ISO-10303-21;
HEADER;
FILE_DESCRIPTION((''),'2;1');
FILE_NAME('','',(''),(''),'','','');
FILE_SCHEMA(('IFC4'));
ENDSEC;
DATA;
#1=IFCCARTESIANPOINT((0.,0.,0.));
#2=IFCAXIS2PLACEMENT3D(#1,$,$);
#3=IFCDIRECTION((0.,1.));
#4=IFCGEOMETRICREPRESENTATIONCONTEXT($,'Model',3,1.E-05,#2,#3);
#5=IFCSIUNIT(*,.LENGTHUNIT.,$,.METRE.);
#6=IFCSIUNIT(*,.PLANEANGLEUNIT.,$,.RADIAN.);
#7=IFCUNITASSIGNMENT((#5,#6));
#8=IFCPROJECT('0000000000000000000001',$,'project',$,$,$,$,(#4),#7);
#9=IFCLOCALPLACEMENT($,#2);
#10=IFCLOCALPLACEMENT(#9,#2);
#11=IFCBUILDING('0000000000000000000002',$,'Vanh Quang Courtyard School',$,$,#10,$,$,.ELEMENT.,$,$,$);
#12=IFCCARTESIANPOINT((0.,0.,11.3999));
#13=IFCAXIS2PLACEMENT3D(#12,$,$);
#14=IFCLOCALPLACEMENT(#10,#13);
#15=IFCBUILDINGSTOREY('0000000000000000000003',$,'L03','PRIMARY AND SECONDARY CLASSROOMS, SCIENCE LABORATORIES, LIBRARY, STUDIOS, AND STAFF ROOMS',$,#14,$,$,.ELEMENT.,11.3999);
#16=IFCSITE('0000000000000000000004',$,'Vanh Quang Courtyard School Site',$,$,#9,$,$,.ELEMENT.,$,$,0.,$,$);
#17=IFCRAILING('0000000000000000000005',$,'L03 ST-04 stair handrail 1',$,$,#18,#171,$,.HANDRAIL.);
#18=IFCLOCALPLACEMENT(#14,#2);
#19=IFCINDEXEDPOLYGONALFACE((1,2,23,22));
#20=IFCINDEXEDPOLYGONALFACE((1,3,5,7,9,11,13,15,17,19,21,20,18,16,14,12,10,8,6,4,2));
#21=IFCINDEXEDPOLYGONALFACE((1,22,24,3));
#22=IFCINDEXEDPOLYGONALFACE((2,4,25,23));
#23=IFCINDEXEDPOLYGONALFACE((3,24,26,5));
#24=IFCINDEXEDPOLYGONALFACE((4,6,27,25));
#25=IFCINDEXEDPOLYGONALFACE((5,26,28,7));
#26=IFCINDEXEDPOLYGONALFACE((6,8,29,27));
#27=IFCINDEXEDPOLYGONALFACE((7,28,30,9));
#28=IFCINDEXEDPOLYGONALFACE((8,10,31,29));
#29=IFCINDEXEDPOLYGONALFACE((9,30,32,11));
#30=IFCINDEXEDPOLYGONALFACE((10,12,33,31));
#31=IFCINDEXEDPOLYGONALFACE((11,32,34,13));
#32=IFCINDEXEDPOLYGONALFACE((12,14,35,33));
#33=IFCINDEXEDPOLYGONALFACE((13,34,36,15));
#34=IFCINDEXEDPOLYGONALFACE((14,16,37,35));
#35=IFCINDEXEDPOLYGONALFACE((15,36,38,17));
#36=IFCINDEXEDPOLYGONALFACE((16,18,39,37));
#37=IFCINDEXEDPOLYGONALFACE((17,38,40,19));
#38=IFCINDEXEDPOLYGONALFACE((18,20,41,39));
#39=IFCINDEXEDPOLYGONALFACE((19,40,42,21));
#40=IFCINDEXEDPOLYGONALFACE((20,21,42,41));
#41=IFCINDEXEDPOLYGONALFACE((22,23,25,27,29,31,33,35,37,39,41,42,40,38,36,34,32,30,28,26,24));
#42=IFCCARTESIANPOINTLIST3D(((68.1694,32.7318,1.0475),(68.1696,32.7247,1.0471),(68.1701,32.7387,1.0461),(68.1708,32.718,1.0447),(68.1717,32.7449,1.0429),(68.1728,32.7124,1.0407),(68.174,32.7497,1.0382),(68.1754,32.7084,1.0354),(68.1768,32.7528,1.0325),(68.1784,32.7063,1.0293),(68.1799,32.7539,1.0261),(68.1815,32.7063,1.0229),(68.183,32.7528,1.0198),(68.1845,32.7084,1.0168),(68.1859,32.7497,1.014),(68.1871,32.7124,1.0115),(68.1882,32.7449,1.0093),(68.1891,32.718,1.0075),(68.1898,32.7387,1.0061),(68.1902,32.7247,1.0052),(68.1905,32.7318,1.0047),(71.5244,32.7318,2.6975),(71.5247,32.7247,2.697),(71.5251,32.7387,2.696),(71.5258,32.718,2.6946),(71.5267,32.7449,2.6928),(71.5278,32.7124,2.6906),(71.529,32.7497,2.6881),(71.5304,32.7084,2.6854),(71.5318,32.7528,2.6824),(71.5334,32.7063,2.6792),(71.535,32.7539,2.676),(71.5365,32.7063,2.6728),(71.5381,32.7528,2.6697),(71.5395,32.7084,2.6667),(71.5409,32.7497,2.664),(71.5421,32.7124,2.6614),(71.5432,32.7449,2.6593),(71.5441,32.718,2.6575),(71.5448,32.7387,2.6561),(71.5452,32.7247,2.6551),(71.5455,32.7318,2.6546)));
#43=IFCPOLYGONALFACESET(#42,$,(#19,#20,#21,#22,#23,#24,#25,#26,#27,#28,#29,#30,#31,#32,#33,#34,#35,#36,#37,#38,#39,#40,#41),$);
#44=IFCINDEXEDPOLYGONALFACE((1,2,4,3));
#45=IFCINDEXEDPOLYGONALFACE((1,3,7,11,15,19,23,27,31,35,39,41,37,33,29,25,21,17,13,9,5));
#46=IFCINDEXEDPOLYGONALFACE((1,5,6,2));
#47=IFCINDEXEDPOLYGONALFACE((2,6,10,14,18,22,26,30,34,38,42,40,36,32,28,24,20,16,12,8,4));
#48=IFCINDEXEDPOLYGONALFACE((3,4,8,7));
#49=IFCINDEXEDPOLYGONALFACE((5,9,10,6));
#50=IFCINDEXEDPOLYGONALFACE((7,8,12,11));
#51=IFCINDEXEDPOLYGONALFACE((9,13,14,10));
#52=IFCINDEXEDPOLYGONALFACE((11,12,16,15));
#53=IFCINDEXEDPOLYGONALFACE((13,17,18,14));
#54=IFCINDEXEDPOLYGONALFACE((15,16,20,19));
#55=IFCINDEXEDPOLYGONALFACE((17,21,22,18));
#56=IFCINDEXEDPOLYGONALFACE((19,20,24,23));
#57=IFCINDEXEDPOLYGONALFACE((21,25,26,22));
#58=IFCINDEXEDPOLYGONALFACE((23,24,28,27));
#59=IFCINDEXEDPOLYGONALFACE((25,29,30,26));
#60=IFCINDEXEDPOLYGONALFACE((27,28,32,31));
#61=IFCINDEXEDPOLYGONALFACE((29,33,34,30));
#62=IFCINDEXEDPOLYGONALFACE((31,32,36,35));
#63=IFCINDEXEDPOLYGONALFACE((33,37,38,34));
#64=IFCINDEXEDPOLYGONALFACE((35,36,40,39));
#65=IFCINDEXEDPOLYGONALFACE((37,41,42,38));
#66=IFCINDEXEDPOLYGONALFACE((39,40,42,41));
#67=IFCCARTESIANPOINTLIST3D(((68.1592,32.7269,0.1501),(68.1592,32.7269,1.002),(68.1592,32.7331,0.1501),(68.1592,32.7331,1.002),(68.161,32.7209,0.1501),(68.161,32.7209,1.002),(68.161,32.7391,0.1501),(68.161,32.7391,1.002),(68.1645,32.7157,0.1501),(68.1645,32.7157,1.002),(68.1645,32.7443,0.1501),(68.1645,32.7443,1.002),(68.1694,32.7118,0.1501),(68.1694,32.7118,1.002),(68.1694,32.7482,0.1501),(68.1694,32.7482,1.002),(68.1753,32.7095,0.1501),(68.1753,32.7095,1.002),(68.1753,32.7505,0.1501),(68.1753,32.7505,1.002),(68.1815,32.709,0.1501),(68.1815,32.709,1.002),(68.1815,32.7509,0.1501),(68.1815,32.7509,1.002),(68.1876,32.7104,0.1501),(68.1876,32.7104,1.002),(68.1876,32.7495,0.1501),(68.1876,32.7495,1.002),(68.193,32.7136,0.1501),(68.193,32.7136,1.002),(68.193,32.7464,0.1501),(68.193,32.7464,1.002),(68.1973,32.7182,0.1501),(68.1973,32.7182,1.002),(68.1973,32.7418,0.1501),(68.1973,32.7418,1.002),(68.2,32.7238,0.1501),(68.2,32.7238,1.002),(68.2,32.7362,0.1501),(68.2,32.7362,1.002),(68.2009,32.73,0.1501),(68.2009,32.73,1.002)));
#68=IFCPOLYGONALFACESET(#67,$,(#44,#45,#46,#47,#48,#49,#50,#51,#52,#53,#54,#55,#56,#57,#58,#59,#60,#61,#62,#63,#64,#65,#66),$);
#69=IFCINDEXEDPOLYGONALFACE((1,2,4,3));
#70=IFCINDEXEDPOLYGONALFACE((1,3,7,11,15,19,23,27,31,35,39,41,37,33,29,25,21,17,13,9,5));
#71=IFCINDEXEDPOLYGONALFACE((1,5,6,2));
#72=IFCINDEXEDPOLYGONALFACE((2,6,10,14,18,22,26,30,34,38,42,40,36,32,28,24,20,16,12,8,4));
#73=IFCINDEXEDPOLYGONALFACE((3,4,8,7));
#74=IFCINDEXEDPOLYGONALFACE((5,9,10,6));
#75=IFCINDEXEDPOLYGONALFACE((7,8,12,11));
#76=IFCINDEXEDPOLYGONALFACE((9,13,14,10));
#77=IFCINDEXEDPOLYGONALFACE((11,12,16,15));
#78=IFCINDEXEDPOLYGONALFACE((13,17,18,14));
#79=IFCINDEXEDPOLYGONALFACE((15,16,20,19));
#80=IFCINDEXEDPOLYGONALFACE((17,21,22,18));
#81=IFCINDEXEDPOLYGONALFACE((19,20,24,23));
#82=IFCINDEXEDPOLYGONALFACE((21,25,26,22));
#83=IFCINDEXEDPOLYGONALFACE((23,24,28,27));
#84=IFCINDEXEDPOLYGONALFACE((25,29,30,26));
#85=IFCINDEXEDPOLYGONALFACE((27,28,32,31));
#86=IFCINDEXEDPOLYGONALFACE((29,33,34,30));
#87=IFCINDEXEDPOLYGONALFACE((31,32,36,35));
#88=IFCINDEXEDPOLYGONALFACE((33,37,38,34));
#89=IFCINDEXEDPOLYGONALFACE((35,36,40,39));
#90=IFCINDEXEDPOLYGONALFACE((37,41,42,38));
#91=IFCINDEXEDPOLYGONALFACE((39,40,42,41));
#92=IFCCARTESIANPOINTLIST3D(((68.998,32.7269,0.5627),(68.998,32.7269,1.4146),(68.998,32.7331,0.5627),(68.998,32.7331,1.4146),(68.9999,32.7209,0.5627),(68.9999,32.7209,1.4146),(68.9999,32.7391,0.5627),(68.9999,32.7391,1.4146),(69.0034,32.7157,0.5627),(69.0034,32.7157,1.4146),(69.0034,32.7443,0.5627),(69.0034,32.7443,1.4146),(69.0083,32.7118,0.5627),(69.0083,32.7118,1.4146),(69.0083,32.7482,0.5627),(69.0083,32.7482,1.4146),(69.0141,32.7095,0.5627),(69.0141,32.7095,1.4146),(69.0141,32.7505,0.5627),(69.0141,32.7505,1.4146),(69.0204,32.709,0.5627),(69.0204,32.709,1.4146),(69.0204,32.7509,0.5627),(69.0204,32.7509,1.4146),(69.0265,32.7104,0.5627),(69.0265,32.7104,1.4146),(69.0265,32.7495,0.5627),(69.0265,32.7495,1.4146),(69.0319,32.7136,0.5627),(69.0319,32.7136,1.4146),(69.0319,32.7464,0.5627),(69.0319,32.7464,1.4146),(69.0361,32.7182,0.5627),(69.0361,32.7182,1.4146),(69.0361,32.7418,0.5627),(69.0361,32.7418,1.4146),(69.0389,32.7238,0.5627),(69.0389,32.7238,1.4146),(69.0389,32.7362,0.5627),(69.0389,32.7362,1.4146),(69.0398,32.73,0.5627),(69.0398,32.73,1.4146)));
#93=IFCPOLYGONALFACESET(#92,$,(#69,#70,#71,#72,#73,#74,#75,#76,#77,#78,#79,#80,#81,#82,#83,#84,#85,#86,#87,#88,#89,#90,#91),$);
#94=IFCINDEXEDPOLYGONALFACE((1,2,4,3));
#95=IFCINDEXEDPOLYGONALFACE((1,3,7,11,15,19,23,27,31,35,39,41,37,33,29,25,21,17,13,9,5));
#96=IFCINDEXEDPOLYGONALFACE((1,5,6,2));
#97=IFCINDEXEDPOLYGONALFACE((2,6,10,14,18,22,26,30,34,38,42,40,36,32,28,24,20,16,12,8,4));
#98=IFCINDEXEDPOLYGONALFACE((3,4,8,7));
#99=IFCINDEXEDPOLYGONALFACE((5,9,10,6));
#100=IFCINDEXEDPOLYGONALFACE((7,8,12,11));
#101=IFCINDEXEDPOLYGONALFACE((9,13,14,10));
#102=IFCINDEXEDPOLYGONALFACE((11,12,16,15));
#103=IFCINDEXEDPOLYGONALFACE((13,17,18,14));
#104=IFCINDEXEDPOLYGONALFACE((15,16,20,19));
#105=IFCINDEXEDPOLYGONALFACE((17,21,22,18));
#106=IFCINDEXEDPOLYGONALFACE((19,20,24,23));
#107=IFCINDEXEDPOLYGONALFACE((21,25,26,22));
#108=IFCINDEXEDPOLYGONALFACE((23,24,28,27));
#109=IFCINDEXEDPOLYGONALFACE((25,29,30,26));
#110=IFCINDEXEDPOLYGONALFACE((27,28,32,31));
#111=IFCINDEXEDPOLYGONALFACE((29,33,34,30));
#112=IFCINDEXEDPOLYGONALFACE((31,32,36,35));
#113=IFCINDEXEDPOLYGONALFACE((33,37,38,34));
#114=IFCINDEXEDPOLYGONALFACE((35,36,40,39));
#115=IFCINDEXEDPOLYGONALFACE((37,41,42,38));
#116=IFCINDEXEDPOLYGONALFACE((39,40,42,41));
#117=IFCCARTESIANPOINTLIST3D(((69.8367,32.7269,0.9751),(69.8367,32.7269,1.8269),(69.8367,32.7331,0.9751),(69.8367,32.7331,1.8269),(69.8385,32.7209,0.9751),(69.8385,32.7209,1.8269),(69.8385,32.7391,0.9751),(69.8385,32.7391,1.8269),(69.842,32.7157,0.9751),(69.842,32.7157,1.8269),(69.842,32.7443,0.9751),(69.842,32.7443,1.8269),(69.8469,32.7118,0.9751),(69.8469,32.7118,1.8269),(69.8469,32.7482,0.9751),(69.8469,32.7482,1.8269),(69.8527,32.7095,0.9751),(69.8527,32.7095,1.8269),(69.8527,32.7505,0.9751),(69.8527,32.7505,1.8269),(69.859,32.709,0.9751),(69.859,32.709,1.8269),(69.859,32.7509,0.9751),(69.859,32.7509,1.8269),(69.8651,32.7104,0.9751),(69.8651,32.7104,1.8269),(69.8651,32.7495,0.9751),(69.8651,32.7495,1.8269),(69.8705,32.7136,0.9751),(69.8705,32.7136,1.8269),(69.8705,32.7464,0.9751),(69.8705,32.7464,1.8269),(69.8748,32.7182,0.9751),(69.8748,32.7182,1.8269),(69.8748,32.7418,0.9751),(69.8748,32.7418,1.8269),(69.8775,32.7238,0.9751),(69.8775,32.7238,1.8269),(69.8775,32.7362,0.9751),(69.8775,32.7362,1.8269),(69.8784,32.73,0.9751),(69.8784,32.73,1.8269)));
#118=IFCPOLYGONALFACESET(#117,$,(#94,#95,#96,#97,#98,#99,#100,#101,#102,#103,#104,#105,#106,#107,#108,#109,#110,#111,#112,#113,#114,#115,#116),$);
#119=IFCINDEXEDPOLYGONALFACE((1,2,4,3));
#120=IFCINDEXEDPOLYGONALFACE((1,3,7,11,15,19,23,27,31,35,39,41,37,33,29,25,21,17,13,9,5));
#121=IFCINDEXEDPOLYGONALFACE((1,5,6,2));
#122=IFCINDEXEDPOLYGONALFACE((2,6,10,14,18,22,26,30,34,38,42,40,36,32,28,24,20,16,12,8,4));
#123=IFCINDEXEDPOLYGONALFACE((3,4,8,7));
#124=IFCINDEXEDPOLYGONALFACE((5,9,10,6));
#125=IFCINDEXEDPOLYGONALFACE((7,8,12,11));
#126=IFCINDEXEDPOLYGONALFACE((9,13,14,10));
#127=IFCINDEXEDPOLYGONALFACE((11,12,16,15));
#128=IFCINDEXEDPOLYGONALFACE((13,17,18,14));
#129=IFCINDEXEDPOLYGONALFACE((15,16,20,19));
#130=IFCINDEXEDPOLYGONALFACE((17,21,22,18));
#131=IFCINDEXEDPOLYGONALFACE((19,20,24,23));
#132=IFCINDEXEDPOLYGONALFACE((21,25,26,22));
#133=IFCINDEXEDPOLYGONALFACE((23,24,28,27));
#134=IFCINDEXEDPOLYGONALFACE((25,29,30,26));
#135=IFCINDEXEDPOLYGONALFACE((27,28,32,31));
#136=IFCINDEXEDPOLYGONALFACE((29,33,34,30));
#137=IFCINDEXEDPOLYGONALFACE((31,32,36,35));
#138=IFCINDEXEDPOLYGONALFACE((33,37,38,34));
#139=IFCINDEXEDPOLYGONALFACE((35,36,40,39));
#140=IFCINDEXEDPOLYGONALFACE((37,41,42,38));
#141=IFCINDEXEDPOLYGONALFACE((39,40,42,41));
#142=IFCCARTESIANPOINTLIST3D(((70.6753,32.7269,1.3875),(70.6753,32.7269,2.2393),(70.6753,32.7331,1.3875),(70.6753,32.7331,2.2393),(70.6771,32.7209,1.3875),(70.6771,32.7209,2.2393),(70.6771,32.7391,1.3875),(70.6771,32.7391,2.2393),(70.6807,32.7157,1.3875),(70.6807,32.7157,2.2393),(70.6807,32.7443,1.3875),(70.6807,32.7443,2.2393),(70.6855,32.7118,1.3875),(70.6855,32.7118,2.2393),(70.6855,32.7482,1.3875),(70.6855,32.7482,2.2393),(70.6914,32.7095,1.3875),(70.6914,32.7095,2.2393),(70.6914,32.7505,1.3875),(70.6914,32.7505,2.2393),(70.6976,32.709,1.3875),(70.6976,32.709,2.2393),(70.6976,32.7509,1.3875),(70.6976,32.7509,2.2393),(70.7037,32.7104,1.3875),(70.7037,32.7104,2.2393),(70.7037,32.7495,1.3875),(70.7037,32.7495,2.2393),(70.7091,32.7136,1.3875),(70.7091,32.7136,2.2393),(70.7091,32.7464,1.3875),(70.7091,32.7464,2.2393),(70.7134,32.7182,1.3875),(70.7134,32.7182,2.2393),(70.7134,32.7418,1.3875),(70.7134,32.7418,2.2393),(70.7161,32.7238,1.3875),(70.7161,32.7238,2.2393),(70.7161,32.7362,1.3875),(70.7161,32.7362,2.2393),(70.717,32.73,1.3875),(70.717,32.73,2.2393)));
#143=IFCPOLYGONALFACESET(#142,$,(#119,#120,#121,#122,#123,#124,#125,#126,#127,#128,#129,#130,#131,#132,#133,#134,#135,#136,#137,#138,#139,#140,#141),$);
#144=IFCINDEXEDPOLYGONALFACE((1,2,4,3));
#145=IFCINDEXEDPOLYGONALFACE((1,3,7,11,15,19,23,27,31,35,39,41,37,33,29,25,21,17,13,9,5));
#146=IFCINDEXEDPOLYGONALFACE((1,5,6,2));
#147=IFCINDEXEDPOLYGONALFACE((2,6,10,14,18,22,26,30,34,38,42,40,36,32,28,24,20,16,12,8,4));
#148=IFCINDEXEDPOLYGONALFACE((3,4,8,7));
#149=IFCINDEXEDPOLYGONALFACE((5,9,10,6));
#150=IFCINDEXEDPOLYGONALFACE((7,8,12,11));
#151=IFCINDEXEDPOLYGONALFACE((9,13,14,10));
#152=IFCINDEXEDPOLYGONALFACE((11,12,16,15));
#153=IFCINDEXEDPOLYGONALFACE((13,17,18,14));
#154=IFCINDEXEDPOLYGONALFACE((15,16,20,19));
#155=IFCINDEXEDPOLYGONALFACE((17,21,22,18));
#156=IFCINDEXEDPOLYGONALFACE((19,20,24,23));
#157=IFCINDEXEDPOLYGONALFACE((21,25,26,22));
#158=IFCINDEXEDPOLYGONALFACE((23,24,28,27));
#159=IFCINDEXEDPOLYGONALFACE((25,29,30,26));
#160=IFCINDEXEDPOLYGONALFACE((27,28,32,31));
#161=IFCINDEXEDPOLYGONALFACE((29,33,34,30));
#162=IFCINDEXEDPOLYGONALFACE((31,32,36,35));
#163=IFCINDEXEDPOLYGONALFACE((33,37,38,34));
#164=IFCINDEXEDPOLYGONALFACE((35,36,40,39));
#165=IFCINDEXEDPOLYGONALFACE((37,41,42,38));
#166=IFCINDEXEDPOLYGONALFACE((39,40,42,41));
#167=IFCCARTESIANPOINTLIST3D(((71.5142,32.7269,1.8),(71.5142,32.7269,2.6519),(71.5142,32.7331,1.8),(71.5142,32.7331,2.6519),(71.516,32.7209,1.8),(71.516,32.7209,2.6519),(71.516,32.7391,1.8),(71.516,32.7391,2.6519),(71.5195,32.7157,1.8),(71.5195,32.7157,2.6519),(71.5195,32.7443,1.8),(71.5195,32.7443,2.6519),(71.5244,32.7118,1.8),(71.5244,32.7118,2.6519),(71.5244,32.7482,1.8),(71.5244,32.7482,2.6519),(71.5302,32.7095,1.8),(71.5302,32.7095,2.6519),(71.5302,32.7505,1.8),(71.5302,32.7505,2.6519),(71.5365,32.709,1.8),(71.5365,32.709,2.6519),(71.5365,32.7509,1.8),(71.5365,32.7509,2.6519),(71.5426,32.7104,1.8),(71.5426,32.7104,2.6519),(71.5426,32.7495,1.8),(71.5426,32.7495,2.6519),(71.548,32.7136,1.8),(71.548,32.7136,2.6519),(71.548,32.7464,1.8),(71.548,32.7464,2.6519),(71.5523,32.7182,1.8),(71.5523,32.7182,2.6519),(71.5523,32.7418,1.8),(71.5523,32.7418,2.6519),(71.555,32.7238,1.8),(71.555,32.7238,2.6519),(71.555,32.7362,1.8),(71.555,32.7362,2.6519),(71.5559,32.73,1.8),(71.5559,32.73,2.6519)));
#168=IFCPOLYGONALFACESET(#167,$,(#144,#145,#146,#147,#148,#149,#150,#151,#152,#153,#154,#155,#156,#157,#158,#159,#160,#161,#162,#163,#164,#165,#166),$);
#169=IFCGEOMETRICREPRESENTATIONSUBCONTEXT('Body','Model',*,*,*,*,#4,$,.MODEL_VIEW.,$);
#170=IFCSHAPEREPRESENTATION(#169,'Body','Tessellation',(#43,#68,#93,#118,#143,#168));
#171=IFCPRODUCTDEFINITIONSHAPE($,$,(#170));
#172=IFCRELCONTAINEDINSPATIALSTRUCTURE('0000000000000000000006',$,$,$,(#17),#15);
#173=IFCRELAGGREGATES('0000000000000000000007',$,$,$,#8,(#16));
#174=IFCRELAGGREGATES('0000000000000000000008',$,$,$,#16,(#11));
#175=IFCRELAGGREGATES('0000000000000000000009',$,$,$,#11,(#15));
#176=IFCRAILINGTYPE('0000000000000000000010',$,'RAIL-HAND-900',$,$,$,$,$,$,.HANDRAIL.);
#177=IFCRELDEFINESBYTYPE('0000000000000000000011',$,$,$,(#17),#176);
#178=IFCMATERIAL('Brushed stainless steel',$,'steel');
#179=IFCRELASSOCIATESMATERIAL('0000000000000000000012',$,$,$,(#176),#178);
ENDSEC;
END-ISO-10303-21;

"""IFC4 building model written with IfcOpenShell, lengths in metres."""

from ifc_helpers import new_model, si_unit, direction, frame, origin, origin_2d, place, context, subcontext, project, spatial, circle, extrude, material, type_object, element, save


model = new_model("IFC4")

# Units and contexts
model_context = context("Model", 3, precision=1e-05, world=origin(), true_north=direction((0.0, 1.0)))
body_context = subcontext(model_context, "Body", "Model", "MODEL_VIEW")
ifc_project = project(units=[si_unit("LENGTHUNIT", "METRE"), si_unit("PLANEANGLEUNIT", "RADIAN")], contexts=[model_context])

# Site, building, storey
site_placement = place(None, origin())
site = spatial("IfcSite", under=ifc_project, at=site_placement, Name="Vanh Quang Courtyard School Site", CompositionType="ELEMENT", RefElevation=0.0)
building_placement = place(site_placement, origin())
building = spatial("IfcBuilding", under=site, at=building_placement, Name="Vanh Quang Courtyard School", CompositionType="ELEMENT")
storey_placement = place(building_placement, frame((0.0, 0.0, 11.3999)))
storey = spatial("IfcBuildingStorey", under=building, at=storey_placement, Name="L03", Description="PRIMARY AND SECONDARY CLASSROOMS, SCIENCE LABORATORIES, LIBRARY, STUDIOS, AND STAFF ROOMS", CompositionType="ELEMENT", Elevation=11.3999)

# Railing
ifc_material_1 = material(Name="Brushed stainless steel", Category="steel")
railing_type_1 = type_object("IfcRailingType", Name="RAIL-HAND-900", PredefinedType="HANDRAIL", material=ifc_material_1)
railing_1_placement = place(storey_placement, frame((68.1799, 32.73, 0.1501)))
element("IfcRailing", 1, at=railing_1_placement, inside=storey, type_object=railing_type_1, Name="L03 ST-04 stair handrail 1", PredefinedType="HANDRAIL", context=body_context, shape_type="SweptSolid", body=[
    extrude(circle(Radius=0.0239, at=origin_2d()), frame((0.0, 0.0, 0.876), z_axis=(0.897359, 0.0, 0.441301), x_axis=(0.0, 1.0, 0.0)), (0.0, 0.0, 1.0), 3.7388),
    extrude(circle(Radius=0.021, at=origin_2d()), origin(), (0.0, 0.0, 1.0), 0.8518),
    extrude(circle(Radius=0.021, at=origin_2d()), frame((0.8389, 0.0, 0.4126)), (0.0, 0.0, 1.0), 0.8518),
    extrude(circle(Radius=0.021, at=origin_2d()), frame((1.6775, 0.0, 0.825)), (0.0, 0.0, 1.0), 0.8518),
    extrude(circle(Radius=0.021, at=origin_2d()), frame((2.5161, 0.0, 1.2373)), (0.0, 0.0, 1.0), 0.8518),
    extrude(circle(Radius=0.021, at=origin_2d()), frame((3.355, 0.0, 1.6499)), (0.0, 0.0, 1.0), 0.8518),
])

save(model, "model.ifc")
